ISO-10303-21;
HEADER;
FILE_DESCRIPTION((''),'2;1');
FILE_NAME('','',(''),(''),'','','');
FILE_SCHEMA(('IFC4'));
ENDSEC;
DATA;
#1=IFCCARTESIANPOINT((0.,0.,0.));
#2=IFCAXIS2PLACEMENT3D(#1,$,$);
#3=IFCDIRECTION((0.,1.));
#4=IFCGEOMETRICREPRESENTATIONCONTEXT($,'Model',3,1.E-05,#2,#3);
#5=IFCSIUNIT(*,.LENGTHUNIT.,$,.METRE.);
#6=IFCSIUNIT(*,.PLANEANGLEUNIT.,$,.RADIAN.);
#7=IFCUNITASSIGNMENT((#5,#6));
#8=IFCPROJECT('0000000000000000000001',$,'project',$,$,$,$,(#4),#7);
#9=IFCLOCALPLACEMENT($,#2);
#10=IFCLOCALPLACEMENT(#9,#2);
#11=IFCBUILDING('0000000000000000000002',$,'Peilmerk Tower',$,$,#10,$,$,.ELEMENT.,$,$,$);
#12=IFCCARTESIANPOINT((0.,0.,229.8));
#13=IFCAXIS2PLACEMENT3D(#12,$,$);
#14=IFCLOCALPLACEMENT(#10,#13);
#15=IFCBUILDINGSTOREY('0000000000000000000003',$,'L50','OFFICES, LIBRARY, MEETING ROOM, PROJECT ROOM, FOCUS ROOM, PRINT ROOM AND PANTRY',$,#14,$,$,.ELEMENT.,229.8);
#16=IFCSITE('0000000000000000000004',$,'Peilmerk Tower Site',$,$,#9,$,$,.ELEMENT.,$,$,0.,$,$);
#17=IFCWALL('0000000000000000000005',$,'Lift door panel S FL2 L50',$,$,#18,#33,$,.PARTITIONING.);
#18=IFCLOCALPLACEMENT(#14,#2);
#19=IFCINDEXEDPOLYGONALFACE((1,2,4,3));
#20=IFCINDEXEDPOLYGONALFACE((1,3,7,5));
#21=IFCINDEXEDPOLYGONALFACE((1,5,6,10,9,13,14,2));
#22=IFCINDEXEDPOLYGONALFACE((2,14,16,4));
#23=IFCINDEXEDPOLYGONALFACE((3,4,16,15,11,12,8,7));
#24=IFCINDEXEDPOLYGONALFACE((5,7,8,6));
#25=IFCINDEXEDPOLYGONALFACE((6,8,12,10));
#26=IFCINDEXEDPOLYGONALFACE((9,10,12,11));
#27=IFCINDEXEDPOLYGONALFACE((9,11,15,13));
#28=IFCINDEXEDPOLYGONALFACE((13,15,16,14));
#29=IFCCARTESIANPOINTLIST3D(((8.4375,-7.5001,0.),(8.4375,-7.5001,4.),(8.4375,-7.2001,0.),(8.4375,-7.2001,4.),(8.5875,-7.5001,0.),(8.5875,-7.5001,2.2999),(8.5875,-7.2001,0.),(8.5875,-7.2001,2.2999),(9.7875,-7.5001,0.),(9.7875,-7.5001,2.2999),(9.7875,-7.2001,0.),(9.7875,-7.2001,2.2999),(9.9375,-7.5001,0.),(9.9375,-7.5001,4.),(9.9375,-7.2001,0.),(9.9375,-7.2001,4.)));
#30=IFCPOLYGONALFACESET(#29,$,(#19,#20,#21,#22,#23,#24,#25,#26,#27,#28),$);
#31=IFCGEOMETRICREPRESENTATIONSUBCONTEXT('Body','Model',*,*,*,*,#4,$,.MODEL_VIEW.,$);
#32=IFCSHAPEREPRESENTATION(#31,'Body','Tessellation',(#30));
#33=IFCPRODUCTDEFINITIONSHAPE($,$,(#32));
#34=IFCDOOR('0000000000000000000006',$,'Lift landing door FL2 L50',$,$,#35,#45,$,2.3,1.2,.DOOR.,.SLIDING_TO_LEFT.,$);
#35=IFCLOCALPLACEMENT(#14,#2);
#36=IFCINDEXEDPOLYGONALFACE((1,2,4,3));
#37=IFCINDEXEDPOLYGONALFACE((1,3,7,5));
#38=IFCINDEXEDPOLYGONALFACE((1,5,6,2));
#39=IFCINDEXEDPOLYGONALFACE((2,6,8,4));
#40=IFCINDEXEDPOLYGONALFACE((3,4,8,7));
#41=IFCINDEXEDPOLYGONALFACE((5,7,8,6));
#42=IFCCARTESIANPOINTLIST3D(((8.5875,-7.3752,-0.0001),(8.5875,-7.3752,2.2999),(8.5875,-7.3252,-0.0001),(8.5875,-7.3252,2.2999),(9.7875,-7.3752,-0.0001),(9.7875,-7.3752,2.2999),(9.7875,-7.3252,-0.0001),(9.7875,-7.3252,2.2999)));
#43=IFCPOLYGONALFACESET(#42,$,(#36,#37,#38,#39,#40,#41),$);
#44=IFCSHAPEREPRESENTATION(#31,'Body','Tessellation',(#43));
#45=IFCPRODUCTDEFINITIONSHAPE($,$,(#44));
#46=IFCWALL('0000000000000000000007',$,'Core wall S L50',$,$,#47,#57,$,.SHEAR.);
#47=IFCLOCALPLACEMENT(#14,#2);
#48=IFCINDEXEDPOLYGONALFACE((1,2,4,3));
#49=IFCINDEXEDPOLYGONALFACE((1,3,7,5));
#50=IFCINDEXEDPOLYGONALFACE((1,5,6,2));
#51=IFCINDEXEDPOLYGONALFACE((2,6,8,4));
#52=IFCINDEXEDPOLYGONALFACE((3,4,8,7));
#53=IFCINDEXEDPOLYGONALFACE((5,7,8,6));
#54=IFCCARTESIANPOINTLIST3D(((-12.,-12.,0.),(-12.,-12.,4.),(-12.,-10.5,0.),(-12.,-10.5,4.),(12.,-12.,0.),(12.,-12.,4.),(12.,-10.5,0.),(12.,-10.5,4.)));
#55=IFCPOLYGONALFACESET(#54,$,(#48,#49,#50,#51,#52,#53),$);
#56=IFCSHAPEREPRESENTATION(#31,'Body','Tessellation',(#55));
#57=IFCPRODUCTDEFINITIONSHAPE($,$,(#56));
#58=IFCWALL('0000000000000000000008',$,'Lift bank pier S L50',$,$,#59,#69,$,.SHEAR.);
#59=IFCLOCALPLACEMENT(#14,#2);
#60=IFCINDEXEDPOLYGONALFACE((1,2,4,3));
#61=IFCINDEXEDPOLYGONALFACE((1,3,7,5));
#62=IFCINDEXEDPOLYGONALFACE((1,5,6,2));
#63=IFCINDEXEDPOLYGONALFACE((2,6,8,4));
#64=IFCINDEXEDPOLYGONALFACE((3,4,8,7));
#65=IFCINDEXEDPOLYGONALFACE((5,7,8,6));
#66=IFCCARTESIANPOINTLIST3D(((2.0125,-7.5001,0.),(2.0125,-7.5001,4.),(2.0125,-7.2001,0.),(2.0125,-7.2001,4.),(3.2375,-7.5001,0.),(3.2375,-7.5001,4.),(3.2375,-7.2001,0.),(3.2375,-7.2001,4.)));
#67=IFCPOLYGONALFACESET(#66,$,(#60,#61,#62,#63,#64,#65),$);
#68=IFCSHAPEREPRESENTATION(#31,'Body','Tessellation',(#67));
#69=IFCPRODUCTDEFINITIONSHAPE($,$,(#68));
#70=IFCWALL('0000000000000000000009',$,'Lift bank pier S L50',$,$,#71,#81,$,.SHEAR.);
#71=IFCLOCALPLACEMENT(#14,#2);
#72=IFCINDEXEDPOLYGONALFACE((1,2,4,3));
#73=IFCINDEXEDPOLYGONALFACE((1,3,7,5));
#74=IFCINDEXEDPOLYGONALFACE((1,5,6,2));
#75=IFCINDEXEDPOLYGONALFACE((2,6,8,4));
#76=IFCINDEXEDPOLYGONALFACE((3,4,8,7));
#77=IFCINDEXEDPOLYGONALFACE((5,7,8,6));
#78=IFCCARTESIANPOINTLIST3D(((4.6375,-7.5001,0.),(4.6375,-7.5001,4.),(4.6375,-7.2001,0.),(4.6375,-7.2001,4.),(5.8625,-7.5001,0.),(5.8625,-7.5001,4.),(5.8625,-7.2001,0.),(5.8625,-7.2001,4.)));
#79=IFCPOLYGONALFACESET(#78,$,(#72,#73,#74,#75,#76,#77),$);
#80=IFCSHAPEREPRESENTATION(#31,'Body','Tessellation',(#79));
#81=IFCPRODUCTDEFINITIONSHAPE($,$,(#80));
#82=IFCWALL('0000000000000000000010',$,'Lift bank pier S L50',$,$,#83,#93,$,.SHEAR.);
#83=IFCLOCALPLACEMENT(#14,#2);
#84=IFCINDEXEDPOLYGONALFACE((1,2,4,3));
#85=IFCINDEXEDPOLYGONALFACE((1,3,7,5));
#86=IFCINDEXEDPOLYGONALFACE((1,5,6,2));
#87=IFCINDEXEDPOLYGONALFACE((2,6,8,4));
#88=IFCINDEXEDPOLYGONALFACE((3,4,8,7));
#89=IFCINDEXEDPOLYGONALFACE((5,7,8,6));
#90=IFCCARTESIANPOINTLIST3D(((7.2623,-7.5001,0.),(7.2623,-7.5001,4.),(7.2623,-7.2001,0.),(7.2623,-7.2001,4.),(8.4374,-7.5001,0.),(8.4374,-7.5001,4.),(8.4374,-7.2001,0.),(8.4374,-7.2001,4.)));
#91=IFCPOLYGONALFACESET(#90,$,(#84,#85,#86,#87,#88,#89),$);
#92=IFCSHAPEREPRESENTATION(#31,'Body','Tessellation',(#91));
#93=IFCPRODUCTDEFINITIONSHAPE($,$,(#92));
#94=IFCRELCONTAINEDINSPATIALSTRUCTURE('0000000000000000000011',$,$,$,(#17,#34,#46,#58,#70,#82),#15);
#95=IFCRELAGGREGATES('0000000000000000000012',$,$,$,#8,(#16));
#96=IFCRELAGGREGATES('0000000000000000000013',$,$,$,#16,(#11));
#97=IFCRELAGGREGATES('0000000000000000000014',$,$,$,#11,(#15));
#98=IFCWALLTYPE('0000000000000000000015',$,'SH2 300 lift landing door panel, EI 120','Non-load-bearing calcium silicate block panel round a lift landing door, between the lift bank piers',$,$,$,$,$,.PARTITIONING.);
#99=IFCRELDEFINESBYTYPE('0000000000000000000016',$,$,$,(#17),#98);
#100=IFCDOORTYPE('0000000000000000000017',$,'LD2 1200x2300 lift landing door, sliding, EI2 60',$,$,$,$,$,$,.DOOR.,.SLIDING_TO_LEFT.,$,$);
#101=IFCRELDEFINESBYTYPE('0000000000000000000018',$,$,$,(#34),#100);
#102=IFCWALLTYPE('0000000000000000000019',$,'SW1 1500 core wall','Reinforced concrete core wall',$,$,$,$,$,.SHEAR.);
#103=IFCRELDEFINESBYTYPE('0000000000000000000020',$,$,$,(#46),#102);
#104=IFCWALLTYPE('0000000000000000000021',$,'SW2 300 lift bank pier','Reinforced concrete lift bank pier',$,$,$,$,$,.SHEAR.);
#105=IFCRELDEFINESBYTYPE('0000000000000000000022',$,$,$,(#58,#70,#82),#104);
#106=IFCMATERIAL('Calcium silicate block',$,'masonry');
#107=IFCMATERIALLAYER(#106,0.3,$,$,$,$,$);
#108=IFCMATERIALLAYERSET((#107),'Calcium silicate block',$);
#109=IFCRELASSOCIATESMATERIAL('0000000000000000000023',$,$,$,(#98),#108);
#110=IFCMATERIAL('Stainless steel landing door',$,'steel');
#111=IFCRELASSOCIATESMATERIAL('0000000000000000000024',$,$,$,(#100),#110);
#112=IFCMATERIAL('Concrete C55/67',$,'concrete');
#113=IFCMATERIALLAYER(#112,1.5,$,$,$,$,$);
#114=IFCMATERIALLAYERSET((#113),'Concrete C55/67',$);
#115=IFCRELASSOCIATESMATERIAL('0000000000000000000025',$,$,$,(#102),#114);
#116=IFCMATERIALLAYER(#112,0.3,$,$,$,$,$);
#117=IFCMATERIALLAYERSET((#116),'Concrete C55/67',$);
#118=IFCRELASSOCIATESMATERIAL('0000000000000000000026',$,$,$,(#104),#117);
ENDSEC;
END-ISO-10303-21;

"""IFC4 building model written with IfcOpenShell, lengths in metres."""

from ifc_helpers import new_model, si_unit, direction, frame, frame_2d, origin, place, context, subcontext, project, spatial, rectangle, extrude, material, layer, layer_set, type_object, element, fill, save


model = new_model("IFC4")

# Units and contexts
model_context = context("Model", 3, precision=1e-05, world=origin(), true_north=direction((0.0, 1.0)))
body_context = subcontext(model_context, "Body", "Model", "MODEL_VIEW")
ifc_project = project(units=[si_unit("LENGTHUNIT", "METRE"), si_unit("PLANEANGLEUNIT", "RADIAN")], contexts=[model_context])

# Site, building, storey
site_placement = place(None, origin())
site = spatial("IfcSite", under=ifc_project, at=site_placement, Name="Peilmerk Tower Site", CompositionType="ELEMENT", RefElevation=0.0)
building_placement = place(site_placement, origin())
building = spatial("IfcBuilding", under=site, at=building_placement, Name="Peilmerk Tower", CompositionType="ELEMENT")
storey_placement = place(building_placement, frame((0.0, 0.0, 229.8)))
storey = spatial("IfcBuildingStorey", under=building, at=storey_placement, Name="L50", Description="OFFICES, LIBRARY, MEETING ROOM, PROJECT ROOM, FOCUS ROOM, PRINT ROOM AND PANTRY", CompositionType="ELEMENT", Elevation=229.8)

# Shared definitions
ifc_material_1 = material(Name="Calcium silicate block", Category="masonry")

# Shared definitions
ifc_layer_1 = layer(ifc_material_1, 0.3)
ifc_layer_set_1 = layer_set([ifc_layer_1], Name="Calcium silicate block")
wall_type_1 = type_object("IfcWallType", Name="SH2 300 lift landing door panel, EI 120", Description="Non-load-bearing calcium silicate block panel round a lift landing door, between the lift bank piers", PredefinedType="PARTITIONING", material=ifc_layer_set_1)

# Wall, opening, door
wall_1_placement = place(storey_placement, frame((8.4375, -7.3501, 0.0), z_axis=(0.0, 0.0, 1.0), x_axis=(1.0, 0.0, 0.0)))
wall_1 = element("IfcWall", 1, at=wall_1_placement, inside=storey, type_object=wall_type_1, Name="Lift door panel S FL2 L50", PredefinedType="PARTITIONING", context=body_context, shape_type="SweptSolid", body=[
    extrude(rectangle(XDim=1.5, YDim=0.3, at=frame_2d((0.75, 0.0))), origin(), (0.0, 0.0, 1.0), 4.0),
])
opening_1_placement = place(wall_1_placement, frame((0.1499, 0.0, 0.0)))
opening_1 = element("IfcOpeningElement", 2, at=opening_1_placement, cuts=wall_1, PredefinedType="OPENING", context=body_context, shape_type="SweptSolid", body=[
    extrude(rectangle(XDim=1.2, YDim=2.3, at=frame_2d((0.6001, 1.1499))), frame((0.0, 0.1599, 0.0), z_axis=(0.0, -1.0, 0.0), x_axis=(1.0, 0.0, 0.0)), (0.0, 0.0, 1.0), 0.3201),
])
ifc_material_2 = material(Name="Stainless steel landing door", Category="steel")
door_type_1 = type_object("IfcDoorType", Name="LD2 1200x2300 lift landing door, sliding, EI2 60", OperationType="SLIDING_TO_LEFT", PredefinedType="DOOR", material=ifc_material_2)
door_1_placement = place(opening_1_placement, origin())
door_1 = element("IfcDoor", 3, at=door_1_placement, inside=storey, type_object=door_type_1, Name="Lift landing door FL2 L50", OperationType="SLIDING_TO_LEFT", OverallHeight=2.3, OverallWidth=1.2, PredefinedType="DOOR", context=body_context, shape_type="SweptSolid", body=[
    extrude(rectangle(XDim=1.2, YDim=2.3, at=frame_2d((0.6001, 1.1499))), frame((0.0, 0.0249, 0.0), z_axis=(0.0, -1.0, 0.0), x_axis=(1.0, 0.0, 0.0)), (0.0, 0.0, 1.0), 0.05),
])
fill(opening_1, door_1)

# Walls
ifc_material_3 = material(Name="Concrete C55/67", Category="concrete")
ifc_layer_2 = layer(ifc_material_3, 1.5)
ifc_layer_set_2 = layer_set([ifc_layer_2], Name="Concrete C55/67")
wall_type_2 = type_object("IfcWallType", Name="SW1 1500 core wall", Description="Reinforced concrete core wall", PredefinedType="SHEAR", material=ifc_layer_set_2)
wall_2_placement = place(storey_placement, frame((12.0, -11.25, 0.0), z_axis=(0.0, 0.0, 1.0), x_axis=(-1.0, 0.0, 0.0)))
element("IfcWall", 4, at=wall_2_placement, inside=storey, type_object=wall_type_2, Name="Core wall S L50", PredefinedType="SHEAR", context=body_context, shape_type="SweptSolid", body=[
    extrude(rectangle(XDim=24.0, YDim=1.5, at=frame_2d((12.0, 0.0))), origin(), (0.0, 0.0, 1.0), 4.0),
])
ifc_layer_3 = layer(ifc_material_3, 0.3)
ifc_layer_set_3 = layer_set([ifc_layer_3], Name="Concrete C55/67")
wall_type_3 = type_object("IfcWallType", Name="SW2 300 lift bank pier", Description="Reinforced concrete lift bank pier", PredefinedType="SHEAR", material=ifc_layer_set_3)
for number, where, z_axis, x_axis, name in (
    (5, (2.0125, -7.3501, 0.0), (0.0, 0.0, 1.0), (1.0, 0.0, 0.0), "Lift bank pier S L50"),
    (6, (4.6375, -7.3501, 0.0), (0.0, 0.0, 1.0), (1.0, 0.0, 0.0), "Lift bank pier S L50"),
):
    element("IfcWall", number, at=place(storey_placement, frame(where, z_axis=z_axis, x_axis=x_axis)), inside=storey, type_object=wall_type_3, Name=name, PredefinedType="SHEAR", context=body_context, shape_type="SweptSolid", body=[
        extrude(rectangle(XDim=1.2251, YDim=0.3, at=frame_2d((0.6125, 0.0))), origin(), (0.0, 0.0, 1.0), 4.0),
    ])
wall_3_placement = place(storey_placement, frame((7.2625, -7.3501, 0.0), z_axis=(0.0, 0.0, 1.0), x_axis=(1.0, 0.0, 0.0)))
element("IfcWall", 7, at=wall_3_placement, inside=storey, type_object=wall_type_3, Name="Lift bank pier S L50", PredefinedType="SHEAR", context=body_context, shape_type="SweptSolid", body=[
    extrude(rectangle(XDim=1.175, YDim=0.3, at=frame_2d((0.5874, 0.0))), origin(), (0.0, 0.0, 1.0), 4.0),
])

save(model, "model.ifc")
